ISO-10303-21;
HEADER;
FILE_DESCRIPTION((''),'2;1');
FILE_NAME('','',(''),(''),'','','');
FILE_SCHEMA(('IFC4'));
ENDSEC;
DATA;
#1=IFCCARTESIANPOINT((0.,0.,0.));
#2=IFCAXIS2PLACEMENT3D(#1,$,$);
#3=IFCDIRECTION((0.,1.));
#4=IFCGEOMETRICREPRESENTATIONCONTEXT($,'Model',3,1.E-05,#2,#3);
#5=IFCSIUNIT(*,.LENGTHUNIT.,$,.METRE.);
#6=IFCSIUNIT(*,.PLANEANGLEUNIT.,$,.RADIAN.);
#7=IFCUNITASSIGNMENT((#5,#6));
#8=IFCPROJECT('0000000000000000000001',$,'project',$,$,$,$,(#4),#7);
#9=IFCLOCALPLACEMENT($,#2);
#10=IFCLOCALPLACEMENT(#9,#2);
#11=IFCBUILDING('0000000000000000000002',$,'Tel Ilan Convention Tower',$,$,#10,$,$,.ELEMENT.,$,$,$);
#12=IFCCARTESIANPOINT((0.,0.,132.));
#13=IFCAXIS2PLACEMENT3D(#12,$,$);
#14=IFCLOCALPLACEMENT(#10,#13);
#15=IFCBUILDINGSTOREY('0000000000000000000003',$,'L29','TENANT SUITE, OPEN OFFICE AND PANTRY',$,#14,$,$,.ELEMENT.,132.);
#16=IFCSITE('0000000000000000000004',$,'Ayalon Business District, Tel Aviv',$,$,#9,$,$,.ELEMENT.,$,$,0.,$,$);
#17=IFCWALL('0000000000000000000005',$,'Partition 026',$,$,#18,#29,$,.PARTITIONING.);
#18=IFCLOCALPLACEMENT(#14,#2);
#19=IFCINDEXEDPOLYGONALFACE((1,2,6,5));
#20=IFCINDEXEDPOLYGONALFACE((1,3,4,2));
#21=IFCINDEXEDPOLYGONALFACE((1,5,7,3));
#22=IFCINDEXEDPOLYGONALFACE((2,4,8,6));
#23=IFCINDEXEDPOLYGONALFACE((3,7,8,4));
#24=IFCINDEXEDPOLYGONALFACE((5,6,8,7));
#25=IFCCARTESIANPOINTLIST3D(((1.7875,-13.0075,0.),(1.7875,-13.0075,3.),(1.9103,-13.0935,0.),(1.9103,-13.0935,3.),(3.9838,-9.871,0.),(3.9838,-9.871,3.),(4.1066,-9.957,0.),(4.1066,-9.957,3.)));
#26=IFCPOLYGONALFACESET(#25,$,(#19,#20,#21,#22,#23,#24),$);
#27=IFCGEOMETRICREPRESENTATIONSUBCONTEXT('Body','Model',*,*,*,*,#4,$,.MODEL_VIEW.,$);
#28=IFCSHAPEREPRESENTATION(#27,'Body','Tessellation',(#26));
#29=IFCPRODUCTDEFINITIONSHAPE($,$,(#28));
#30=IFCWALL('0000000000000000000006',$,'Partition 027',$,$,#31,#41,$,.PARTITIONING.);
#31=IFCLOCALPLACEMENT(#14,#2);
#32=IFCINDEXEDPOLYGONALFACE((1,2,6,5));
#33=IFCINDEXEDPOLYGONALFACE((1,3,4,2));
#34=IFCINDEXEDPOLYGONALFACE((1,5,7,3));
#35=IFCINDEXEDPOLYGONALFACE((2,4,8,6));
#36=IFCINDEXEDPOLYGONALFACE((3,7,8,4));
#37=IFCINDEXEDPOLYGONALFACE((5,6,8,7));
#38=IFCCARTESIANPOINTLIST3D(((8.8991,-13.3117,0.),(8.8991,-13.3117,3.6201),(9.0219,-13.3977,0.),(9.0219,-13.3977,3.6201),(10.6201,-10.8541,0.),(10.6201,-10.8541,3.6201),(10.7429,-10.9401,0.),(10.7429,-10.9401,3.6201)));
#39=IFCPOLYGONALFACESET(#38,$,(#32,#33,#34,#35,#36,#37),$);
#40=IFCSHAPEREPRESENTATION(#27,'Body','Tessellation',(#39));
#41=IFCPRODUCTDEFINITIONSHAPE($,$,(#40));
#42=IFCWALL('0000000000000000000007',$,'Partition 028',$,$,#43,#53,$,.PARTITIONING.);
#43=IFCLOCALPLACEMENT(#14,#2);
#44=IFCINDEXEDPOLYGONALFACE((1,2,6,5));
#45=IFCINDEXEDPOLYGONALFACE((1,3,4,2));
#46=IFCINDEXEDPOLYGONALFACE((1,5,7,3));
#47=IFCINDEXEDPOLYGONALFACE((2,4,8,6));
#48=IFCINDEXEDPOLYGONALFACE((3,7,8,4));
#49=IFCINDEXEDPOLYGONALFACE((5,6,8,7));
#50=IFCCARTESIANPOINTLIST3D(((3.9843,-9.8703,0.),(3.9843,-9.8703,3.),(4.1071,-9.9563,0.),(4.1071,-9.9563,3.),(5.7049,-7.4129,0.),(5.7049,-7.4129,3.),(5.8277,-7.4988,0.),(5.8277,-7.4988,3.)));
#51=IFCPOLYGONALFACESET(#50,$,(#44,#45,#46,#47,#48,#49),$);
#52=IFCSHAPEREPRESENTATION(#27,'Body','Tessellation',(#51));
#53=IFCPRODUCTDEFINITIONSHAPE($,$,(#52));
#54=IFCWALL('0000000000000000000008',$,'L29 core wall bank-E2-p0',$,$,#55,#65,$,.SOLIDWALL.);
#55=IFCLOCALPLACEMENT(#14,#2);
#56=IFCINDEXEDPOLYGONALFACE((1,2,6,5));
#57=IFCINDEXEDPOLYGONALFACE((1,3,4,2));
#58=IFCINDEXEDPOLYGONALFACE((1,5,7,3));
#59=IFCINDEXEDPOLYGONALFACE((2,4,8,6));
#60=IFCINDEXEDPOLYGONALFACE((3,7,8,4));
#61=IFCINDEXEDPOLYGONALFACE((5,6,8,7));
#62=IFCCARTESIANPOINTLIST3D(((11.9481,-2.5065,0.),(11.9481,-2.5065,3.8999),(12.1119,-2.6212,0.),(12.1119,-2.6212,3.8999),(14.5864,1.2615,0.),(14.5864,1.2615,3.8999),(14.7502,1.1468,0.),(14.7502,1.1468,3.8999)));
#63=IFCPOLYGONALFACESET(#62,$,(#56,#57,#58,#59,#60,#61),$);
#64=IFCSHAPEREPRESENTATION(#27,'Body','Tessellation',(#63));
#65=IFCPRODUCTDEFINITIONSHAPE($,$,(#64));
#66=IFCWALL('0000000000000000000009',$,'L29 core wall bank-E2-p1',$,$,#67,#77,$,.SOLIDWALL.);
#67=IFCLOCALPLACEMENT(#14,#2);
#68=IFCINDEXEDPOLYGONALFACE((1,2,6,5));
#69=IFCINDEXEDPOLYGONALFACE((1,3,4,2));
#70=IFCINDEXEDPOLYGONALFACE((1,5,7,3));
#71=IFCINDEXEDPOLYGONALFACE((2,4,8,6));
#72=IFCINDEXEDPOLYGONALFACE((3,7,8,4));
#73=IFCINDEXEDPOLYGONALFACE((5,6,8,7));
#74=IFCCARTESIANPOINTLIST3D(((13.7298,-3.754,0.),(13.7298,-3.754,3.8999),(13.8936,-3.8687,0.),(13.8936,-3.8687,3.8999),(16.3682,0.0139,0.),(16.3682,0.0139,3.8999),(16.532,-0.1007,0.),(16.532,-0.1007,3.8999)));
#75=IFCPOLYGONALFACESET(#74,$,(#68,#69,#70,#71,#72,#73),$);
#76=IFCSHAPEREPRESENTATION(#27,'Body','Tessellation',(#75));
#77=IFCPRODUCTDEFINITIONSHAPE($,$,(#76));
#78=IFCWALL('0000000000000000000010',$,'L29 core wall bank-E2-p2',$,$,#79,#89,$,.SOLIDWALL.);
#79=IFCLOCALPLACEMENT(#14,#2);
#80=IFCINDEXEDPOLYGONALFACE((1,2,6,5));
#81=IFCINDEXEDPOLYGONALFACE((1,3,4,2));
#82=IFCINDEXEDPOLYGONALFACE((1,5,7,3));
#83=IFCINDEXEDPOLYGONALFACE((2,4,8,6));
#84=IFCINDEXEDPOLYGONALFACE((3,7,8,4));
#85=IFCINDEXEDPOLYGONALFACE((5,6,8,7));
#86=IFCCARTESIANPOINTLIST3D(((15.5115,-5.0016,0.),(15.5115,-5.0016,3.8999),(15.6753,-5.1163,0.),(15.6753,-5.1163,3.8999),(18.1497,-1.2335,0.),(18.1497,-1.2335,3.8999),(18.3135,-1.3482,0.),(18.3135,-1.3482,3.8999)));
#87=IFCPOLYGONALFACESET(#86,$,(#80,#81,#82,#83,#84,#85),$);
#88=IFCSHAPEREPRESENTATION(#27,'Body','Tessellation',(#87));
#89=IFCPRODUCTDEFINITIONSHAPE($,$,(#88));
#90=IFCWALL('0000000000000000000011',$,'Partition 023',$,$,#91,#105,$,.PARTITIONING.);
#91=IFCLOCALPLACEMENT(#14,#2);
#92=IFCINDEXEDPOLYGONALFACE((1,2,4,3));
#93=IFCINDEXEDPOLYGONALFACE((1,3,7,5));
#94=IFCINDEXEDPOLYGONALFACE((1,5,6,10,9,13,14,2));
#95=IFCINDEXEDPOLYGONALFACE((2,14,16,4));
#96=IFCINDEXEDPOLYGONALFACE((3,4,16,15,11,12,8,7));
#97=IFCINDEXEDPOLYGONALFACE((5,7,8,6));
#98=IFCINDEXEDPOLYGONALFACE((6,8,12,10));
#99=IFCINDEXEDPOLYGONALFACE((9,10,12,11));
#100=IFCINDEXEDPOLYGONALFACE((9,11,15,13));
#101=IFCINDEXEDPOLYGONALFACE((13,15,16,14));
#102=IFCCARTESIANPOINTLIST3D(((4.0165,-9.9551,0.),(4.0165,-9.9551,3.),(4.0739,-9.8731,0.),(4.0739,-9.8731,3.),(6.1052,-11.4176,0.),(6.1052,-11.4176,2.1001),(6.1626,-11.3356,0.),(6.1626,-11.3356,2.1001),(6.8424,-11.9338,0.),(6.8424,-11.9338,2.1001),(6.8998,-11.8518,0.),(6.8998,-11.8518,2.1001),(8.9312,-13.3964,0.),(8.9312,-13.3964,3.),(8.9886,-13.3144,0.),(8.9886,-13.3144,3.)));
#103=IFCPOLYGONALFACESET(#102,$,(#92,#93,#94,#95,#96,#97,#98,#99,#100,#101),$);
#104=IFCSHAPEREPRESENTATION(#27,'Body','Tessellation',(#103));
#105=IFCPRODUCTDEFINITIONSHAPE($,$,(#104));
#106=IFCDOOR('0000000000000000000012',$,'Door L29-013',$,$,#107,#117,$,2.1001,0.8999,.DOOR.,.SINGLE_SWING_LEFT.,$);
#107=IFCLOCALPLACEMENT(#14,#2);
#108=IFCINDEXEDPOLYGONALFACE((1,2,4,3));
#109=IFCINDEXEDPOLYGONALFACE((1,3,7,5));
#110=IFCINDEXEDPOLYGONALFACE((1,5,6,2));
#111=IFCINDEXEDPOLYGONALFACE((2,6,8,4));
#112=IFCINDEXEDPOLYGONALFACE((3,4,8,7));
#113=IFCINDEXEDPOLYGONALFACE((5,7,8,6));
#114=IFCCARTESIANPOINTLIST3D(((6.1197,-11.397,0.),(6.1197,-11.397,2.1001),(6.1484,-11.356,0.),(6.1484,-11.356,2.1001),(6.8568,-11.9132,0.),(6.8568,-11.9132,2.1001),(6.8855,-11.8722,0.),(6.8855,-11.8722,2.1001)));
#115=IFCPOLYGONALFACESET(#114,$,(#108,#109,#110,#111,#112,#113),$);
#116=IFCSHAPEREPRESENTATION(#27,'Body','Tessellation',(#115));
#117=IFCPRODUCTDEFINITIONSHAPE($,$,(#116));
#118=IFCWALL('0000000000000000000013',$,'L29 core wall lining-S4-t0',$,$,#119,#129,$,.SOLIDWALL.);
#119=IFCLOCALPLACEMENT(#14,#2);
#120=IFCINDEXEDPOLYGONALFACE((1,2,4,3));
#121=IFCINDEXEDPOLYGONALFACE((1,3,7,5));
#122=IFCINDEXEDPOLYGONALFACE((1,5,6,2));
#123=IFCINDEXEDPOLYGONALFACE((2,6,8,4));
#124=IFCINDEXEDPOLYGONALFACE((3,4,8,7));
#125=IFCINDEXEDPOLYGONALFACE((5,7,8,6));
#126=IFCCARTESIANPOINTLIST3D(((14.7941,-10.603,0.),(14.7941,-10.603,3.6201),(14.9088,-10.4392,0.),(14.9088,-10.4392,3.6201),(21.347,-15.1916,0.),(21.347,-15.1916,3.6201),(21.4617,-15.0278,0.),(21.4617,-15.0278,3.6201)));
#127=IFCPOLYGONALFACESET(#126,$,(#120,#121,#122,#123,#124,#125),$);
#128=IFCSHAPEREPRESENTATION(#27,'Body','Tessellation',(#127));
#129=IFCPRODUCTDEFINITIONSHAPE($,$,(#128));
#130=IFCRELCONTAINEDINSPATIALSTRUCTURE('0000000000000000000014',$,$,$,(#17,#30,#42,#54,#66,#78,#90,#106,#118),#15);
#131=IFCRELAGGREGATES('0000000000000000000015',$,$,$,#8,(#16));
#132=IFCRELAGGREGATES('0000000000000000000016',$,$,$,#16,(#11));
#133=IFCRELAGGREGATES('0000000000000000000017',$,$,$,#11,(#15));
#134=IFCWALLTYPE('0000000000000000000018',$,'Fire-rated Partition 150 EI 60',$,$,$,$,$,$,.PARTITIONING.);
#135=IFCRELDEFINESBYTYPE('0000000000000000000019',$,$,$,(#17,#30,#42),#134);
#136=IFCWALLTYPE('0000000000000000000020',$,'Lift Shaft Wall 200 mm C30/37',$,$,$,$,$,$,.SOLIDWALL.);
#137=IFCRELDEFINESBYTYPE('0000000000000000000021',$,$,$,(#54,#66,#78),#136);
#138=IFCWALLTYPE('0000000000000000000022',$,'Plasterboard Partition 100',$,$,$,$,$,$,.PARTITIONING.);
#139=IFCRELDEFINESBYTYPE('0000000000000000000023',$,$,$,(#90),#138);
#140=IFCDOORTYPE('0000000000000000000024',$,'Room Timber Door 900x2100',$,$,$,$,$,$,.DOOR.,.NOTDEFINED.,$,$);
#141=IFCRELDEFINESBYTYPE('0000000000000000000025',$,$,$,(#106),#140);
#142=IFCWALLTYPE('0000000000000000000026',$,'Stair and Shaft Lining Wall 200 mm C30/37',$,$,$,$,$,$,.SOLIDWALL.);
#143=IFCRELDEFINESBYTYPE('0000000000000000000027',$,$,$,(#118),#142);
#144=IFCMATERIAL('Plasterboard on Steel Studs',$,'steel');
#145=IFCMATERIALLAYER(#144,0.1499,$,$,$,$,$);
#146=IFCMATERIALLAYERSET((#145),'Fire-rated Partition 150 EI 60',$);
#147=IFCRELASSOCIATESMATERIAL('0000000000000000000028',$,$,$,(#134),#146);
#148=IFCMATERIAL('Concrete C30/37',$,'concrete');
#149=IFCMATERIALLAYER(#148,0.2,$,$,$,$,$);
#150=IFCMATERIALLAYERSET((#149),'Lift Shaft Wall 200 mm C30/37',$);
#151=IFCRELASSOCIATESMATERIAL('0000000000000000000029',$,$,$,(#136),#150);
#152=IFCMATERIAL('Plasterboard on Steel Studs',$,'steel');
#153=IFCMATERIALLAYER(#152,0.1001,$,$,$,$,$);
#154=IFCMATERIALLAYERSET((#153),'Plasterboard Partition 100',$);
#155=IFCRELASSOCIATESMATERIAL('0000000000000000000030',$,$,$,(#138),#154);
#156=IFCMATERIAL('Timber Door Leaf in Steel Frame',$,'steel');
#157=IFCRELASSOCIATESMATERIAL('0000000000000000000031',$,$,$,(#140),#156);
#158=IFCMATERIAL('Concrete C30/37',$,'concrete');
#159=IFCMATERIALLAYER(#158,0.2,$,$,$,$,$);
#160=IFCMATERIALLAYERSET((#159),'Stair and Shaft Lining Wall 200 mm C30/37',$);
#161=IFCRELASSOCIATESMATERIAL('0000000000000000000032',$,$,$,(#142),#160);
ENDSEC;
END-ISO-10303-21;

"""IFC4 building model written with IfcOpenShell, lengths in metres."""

from ifc_helpers import new_model, si_unit, direction, frame, frame_2d, origin, place, context, subcontext, project, spatial, rectangle, extrude, material, layer, layer_set, type_object, element, fill, save


model = new_model("IFC4")

# Units and contexts
model_context = context("Model", 3, precision=1e-05, world=origin(), true_north=direction((0.0, 1.0)))
body_context = subcontext(model_context, "Body", "Model", "MODEL_VIEW")
ifc_project = project(units=[si_unit("LENGTHUNIT", "METRE"), si_unit("PLANEANGLEUNIT", "RADIAN")], contexts=[model_context])

# Site, building, storey
site_placement = place(None, origin())
site = spatial("IfcSite", under=ifc_project, at=site_placement, Name="Ayalon Business District, Tel Aviv", CompositionType="ELEMENT", RefElevation=0.0)
building_placement = place(site_placement, origin())
building = spatial("IfcBuilding", under=site, at=building_placement, Name="Tel Ilan Convention Tower", CompositionType="ELEMENT")
storey_placement = place(building_placement, frame((0.0, 0.0, 132.0)))
storey = spatial("IfcBuildingStorey", under=building, at=storey_placement, Name="L29", Description="TENANT SUITE, OPEN OFFICE AND PANTRY", CompositionType="ELEMENT", Elevation=132.0)

# Shared definitions
ifc_material_1 = material(Name="Plasterboard on Steel Studs", Category="steel")
ifc_layer_1 = layer(ifc_material_1, 0.1499)
ifc_layer_set_1 = layer_set([ifc_layer_1], Name="Fire-rated Partition 150 EI 60")
wall_type_1 = type_object("IfcWallType", Name="Fire-rated Partition 150 EI 60", PredefinedType="PARTITIONING", material=ifc_layer_set_1)

# Walls
wall_1_placement = place(storey_placement, frame((1.8489, -13.0505, 0.0), z_axis=(0.0, 0.0, 1.0), x_axis=(0.573595, 0.819139, 0.0)))
element("IfcWall", 1, at=wall_1_placement, inside=storey, type_object=wall_type_1, Name="Partition 026", PredefinedType="PARTITIONING", context=body_context, shape_type="SweptSolid", body=[
    extrude(rectangle(XDim=3.8291, YDim=0.1499, at=frame_2d((1.9146, 0.0))), origin(), (0.0, 0.0, 1.0), 3.0),
])
wall_2_placement = place(storey_placement, frame((10.6814, -10.8972, 0.0), z_axis=(0.0, 0.0, 1.0), x_axis=(-0.573615, -0.819125, 0.0)))
element("IfcWall", 2, at=wall_2_placement, inside=storey, type_object=wall_type_1, Name="Partition 027", PredefinedType="PARTITIONING", context=body_context, shape_type="SweptSolid", body=[
    extrude(rectangle(XDim=3.0002, YDim=0.1499, at=frame_2d((1.5, 0.0))), origin(), (0.0, 0.0, 1.0), 3.6201),
])
wall_3_placement = place(storey_placement, frame((4.0457, -9.9133, 0.0), z_axis=(0.0, 0.0, 1.0), x_axis=(0.573561, 0.819163, 0.0)))
element("IfcWall", 3, at=wall_3_placement, inside=storey, type_object=wall_type_1, Name="Partition 028", PredefinedType="PARTITIONING", context=body_context, shape_type="SweptSolid", body=[
    extrude(rectangle(XDim=3.0, YDim=0.1499, at=frame_2d((1.5, 0.0))), origin(), (0.0, 0.0, 1.0), 3.0),
])
ifc_material_2 = material(Name="Concrete C30/37", Category="concrete")
ifc_layer_2 = layer(ifc_material_2, 0.2)
ifc_layer_set_2 = layer_set([ifc_layer_2], Name="Lift Shaft Wall 200 mm C30/37")
wall_type_2 = type_object("IfcWallType", Name="Lift Shaft Wall 200 mm C30/37", PredefinedType="SOLIDWALL", material=ifc_layer_set_2)
for number, where, z_axis, x_axis, name in (
    (4, (12.03, -2.5637, 0.0), (0.0, 0.0, 1.0), (0.573576, 0.819152, 0.0), "L29 core wall bank-E2-p0"),
    (5, (13.8118, -3.8113, 0.0), (0.0, 0.0, 1.0), (0.573576, 0.819152, 0.0), "L29 core wall bank-E2-p1"),
    (6, (15.5935, -5.0588, 0.0), (0.0, 0.0, 1.0), (0.573541, 0.819177, 0.0), "L29 core wall bank-E2-p2"),
):
    element("IfcWall", number, at=place(storey_placement, frame(where, z_axis=z_axis, x_axis=x_axis)), inside=storey, type_object=wall_type_2, Name=name, PredefinedType="SOLIDWALL", context=body_context, shape_type="SweptSolid", body=[
        extrude(rectangle(XDim=4.5999, YDim=0.2, at=frame_2d((2.2998, 0.0))), origin(), (0.0, 0.0, 1.0), 3.8999),
    ])

# Wall, opening, door
ifc_material_3 = material(Name="Plasterboard on Steel Studs", Category="steel")
ifc_layer_3 = layer(ifc_material_3, 0.1001)
ifc_layer_set_3 = layer_set([ifc_layer_3], Name="Plasterboard Partition 100")
wall_type_3 = type_object("IfcWallType", Name="Plasterboard Partition 100", PredefinedType="PARTITIONING", material=ifc_layer_set_3)
wall_4_placement = place(storey_placement, frame((8.96, -13.3555, 0.0), z_axis=(0.0, 0.0, 1.0), x_axis=(-0.81915, 0.57358, 0.0)))
wall_4 = element("IfcWall", 7, at=wall_4_placement, inside=storey, type_object=wall_type_3, Name="Partition 023", PredefinedType="PARTITIONING", context=body_context, shape_type="SweptSolid", body=[
    extrude(rectangle(XDim=5.9998, YDim=0.1001, at=frame_2d((3.0, 0.0))), origin(), (0.0, 0.0, 1.0), 3.0),
])
opening_1_placement = place(wall_4_placement, frame((2.55, 0.0, 0.0)))
opening_1 = element("IfcOpeningElement", 8, at=opening_1_placement, cuts=wall_4, PredefinedType="OPENING", context=body_context, shape_type="SweptSolid", body=[
    extrude(rectangle(XDim=0.8999, YDim=2.1001, at=frame_2d((0.45, 1.05))), frame((0.0, 0.0601, 0.0), z_axis=(0.0, -1.0, 0.0), x_axis=(1.0, 0.0, 0.0)), (0.0, 0.0, 1.0), 0.1201),
])
ifc_material_4 = material(Name="Timber Door Leaf in Steel Frame", Category="steel")
door_type_1 = type_object("IfcDoorType", Name="Room Timber Door 900x2100", OperationType="NOTDEFINED", PredefinedType="DOOR", material=ifc_material_4)
door_1_placement = place(opening_1_placement, origin())
door_1 = element("IfcDoor", 9, at=door_1_placement, inside=storey, type_object=door_type_1, Name="Door L29-013", OperationType="SINGLE_SWING_LEFT", OverallHeight=2.1001, OverallWidth=0.8999, PredefinedType="DOOR", context=body_context, shape_type="SweptSolid", body=[
    extrude(rectangle(XDim=0.8999, YDim=2.1001, at=frame_2d((0.45, 1.05))), frame((0.0, 0.0249, 0.0), z_axis=(0.0, -1.0, 0.0), x_axis=(1.0, 0.0, 0.0)), (0.0, 0.0, 1.0), 0.05),
])
fill(opening_1, door_1)

# Wall
ifc_material_5 = material(Name="Concrete C30/37", Category="concrete")
ifc_layer_4 = layer(ifc_material_5, 0.2)
ifc_layer_set_4 = layer_set([ifc_layer_4], Name="Stair and Shaft Lining Wall 200 mm C30/37")
wall_type_4 = type_object("IfcWallType", Name="Stair and Shaft Lining Wall 200 mm C30/37", PredefinedType="SOLIDWALL", material=ifc_layer_set_4)
wall_5_placement = place(storey_placement, frame((14.8513, -10.521, 0.0), z_axis=(0.0, 0.0, 1.0), x_axis=(0.819142, -0.573591, 0.0)))
element("IfcWall", 10, at=wall_5_placement, inside=storey, type_object=wall_type_4, Name="L29 core wall lining-S4-t0", PredefinedType="SOLIDWALL", context=body_context, shape_type="SweptSolid", body=[
    extrude(rectangle(XDim=7.9998, YDim=0.2, at=frame_2d((4.0, 0.0))), origin(), (0.0, 0.0, 1.0), 3.6201),
])

save(model, "model.ifc")
